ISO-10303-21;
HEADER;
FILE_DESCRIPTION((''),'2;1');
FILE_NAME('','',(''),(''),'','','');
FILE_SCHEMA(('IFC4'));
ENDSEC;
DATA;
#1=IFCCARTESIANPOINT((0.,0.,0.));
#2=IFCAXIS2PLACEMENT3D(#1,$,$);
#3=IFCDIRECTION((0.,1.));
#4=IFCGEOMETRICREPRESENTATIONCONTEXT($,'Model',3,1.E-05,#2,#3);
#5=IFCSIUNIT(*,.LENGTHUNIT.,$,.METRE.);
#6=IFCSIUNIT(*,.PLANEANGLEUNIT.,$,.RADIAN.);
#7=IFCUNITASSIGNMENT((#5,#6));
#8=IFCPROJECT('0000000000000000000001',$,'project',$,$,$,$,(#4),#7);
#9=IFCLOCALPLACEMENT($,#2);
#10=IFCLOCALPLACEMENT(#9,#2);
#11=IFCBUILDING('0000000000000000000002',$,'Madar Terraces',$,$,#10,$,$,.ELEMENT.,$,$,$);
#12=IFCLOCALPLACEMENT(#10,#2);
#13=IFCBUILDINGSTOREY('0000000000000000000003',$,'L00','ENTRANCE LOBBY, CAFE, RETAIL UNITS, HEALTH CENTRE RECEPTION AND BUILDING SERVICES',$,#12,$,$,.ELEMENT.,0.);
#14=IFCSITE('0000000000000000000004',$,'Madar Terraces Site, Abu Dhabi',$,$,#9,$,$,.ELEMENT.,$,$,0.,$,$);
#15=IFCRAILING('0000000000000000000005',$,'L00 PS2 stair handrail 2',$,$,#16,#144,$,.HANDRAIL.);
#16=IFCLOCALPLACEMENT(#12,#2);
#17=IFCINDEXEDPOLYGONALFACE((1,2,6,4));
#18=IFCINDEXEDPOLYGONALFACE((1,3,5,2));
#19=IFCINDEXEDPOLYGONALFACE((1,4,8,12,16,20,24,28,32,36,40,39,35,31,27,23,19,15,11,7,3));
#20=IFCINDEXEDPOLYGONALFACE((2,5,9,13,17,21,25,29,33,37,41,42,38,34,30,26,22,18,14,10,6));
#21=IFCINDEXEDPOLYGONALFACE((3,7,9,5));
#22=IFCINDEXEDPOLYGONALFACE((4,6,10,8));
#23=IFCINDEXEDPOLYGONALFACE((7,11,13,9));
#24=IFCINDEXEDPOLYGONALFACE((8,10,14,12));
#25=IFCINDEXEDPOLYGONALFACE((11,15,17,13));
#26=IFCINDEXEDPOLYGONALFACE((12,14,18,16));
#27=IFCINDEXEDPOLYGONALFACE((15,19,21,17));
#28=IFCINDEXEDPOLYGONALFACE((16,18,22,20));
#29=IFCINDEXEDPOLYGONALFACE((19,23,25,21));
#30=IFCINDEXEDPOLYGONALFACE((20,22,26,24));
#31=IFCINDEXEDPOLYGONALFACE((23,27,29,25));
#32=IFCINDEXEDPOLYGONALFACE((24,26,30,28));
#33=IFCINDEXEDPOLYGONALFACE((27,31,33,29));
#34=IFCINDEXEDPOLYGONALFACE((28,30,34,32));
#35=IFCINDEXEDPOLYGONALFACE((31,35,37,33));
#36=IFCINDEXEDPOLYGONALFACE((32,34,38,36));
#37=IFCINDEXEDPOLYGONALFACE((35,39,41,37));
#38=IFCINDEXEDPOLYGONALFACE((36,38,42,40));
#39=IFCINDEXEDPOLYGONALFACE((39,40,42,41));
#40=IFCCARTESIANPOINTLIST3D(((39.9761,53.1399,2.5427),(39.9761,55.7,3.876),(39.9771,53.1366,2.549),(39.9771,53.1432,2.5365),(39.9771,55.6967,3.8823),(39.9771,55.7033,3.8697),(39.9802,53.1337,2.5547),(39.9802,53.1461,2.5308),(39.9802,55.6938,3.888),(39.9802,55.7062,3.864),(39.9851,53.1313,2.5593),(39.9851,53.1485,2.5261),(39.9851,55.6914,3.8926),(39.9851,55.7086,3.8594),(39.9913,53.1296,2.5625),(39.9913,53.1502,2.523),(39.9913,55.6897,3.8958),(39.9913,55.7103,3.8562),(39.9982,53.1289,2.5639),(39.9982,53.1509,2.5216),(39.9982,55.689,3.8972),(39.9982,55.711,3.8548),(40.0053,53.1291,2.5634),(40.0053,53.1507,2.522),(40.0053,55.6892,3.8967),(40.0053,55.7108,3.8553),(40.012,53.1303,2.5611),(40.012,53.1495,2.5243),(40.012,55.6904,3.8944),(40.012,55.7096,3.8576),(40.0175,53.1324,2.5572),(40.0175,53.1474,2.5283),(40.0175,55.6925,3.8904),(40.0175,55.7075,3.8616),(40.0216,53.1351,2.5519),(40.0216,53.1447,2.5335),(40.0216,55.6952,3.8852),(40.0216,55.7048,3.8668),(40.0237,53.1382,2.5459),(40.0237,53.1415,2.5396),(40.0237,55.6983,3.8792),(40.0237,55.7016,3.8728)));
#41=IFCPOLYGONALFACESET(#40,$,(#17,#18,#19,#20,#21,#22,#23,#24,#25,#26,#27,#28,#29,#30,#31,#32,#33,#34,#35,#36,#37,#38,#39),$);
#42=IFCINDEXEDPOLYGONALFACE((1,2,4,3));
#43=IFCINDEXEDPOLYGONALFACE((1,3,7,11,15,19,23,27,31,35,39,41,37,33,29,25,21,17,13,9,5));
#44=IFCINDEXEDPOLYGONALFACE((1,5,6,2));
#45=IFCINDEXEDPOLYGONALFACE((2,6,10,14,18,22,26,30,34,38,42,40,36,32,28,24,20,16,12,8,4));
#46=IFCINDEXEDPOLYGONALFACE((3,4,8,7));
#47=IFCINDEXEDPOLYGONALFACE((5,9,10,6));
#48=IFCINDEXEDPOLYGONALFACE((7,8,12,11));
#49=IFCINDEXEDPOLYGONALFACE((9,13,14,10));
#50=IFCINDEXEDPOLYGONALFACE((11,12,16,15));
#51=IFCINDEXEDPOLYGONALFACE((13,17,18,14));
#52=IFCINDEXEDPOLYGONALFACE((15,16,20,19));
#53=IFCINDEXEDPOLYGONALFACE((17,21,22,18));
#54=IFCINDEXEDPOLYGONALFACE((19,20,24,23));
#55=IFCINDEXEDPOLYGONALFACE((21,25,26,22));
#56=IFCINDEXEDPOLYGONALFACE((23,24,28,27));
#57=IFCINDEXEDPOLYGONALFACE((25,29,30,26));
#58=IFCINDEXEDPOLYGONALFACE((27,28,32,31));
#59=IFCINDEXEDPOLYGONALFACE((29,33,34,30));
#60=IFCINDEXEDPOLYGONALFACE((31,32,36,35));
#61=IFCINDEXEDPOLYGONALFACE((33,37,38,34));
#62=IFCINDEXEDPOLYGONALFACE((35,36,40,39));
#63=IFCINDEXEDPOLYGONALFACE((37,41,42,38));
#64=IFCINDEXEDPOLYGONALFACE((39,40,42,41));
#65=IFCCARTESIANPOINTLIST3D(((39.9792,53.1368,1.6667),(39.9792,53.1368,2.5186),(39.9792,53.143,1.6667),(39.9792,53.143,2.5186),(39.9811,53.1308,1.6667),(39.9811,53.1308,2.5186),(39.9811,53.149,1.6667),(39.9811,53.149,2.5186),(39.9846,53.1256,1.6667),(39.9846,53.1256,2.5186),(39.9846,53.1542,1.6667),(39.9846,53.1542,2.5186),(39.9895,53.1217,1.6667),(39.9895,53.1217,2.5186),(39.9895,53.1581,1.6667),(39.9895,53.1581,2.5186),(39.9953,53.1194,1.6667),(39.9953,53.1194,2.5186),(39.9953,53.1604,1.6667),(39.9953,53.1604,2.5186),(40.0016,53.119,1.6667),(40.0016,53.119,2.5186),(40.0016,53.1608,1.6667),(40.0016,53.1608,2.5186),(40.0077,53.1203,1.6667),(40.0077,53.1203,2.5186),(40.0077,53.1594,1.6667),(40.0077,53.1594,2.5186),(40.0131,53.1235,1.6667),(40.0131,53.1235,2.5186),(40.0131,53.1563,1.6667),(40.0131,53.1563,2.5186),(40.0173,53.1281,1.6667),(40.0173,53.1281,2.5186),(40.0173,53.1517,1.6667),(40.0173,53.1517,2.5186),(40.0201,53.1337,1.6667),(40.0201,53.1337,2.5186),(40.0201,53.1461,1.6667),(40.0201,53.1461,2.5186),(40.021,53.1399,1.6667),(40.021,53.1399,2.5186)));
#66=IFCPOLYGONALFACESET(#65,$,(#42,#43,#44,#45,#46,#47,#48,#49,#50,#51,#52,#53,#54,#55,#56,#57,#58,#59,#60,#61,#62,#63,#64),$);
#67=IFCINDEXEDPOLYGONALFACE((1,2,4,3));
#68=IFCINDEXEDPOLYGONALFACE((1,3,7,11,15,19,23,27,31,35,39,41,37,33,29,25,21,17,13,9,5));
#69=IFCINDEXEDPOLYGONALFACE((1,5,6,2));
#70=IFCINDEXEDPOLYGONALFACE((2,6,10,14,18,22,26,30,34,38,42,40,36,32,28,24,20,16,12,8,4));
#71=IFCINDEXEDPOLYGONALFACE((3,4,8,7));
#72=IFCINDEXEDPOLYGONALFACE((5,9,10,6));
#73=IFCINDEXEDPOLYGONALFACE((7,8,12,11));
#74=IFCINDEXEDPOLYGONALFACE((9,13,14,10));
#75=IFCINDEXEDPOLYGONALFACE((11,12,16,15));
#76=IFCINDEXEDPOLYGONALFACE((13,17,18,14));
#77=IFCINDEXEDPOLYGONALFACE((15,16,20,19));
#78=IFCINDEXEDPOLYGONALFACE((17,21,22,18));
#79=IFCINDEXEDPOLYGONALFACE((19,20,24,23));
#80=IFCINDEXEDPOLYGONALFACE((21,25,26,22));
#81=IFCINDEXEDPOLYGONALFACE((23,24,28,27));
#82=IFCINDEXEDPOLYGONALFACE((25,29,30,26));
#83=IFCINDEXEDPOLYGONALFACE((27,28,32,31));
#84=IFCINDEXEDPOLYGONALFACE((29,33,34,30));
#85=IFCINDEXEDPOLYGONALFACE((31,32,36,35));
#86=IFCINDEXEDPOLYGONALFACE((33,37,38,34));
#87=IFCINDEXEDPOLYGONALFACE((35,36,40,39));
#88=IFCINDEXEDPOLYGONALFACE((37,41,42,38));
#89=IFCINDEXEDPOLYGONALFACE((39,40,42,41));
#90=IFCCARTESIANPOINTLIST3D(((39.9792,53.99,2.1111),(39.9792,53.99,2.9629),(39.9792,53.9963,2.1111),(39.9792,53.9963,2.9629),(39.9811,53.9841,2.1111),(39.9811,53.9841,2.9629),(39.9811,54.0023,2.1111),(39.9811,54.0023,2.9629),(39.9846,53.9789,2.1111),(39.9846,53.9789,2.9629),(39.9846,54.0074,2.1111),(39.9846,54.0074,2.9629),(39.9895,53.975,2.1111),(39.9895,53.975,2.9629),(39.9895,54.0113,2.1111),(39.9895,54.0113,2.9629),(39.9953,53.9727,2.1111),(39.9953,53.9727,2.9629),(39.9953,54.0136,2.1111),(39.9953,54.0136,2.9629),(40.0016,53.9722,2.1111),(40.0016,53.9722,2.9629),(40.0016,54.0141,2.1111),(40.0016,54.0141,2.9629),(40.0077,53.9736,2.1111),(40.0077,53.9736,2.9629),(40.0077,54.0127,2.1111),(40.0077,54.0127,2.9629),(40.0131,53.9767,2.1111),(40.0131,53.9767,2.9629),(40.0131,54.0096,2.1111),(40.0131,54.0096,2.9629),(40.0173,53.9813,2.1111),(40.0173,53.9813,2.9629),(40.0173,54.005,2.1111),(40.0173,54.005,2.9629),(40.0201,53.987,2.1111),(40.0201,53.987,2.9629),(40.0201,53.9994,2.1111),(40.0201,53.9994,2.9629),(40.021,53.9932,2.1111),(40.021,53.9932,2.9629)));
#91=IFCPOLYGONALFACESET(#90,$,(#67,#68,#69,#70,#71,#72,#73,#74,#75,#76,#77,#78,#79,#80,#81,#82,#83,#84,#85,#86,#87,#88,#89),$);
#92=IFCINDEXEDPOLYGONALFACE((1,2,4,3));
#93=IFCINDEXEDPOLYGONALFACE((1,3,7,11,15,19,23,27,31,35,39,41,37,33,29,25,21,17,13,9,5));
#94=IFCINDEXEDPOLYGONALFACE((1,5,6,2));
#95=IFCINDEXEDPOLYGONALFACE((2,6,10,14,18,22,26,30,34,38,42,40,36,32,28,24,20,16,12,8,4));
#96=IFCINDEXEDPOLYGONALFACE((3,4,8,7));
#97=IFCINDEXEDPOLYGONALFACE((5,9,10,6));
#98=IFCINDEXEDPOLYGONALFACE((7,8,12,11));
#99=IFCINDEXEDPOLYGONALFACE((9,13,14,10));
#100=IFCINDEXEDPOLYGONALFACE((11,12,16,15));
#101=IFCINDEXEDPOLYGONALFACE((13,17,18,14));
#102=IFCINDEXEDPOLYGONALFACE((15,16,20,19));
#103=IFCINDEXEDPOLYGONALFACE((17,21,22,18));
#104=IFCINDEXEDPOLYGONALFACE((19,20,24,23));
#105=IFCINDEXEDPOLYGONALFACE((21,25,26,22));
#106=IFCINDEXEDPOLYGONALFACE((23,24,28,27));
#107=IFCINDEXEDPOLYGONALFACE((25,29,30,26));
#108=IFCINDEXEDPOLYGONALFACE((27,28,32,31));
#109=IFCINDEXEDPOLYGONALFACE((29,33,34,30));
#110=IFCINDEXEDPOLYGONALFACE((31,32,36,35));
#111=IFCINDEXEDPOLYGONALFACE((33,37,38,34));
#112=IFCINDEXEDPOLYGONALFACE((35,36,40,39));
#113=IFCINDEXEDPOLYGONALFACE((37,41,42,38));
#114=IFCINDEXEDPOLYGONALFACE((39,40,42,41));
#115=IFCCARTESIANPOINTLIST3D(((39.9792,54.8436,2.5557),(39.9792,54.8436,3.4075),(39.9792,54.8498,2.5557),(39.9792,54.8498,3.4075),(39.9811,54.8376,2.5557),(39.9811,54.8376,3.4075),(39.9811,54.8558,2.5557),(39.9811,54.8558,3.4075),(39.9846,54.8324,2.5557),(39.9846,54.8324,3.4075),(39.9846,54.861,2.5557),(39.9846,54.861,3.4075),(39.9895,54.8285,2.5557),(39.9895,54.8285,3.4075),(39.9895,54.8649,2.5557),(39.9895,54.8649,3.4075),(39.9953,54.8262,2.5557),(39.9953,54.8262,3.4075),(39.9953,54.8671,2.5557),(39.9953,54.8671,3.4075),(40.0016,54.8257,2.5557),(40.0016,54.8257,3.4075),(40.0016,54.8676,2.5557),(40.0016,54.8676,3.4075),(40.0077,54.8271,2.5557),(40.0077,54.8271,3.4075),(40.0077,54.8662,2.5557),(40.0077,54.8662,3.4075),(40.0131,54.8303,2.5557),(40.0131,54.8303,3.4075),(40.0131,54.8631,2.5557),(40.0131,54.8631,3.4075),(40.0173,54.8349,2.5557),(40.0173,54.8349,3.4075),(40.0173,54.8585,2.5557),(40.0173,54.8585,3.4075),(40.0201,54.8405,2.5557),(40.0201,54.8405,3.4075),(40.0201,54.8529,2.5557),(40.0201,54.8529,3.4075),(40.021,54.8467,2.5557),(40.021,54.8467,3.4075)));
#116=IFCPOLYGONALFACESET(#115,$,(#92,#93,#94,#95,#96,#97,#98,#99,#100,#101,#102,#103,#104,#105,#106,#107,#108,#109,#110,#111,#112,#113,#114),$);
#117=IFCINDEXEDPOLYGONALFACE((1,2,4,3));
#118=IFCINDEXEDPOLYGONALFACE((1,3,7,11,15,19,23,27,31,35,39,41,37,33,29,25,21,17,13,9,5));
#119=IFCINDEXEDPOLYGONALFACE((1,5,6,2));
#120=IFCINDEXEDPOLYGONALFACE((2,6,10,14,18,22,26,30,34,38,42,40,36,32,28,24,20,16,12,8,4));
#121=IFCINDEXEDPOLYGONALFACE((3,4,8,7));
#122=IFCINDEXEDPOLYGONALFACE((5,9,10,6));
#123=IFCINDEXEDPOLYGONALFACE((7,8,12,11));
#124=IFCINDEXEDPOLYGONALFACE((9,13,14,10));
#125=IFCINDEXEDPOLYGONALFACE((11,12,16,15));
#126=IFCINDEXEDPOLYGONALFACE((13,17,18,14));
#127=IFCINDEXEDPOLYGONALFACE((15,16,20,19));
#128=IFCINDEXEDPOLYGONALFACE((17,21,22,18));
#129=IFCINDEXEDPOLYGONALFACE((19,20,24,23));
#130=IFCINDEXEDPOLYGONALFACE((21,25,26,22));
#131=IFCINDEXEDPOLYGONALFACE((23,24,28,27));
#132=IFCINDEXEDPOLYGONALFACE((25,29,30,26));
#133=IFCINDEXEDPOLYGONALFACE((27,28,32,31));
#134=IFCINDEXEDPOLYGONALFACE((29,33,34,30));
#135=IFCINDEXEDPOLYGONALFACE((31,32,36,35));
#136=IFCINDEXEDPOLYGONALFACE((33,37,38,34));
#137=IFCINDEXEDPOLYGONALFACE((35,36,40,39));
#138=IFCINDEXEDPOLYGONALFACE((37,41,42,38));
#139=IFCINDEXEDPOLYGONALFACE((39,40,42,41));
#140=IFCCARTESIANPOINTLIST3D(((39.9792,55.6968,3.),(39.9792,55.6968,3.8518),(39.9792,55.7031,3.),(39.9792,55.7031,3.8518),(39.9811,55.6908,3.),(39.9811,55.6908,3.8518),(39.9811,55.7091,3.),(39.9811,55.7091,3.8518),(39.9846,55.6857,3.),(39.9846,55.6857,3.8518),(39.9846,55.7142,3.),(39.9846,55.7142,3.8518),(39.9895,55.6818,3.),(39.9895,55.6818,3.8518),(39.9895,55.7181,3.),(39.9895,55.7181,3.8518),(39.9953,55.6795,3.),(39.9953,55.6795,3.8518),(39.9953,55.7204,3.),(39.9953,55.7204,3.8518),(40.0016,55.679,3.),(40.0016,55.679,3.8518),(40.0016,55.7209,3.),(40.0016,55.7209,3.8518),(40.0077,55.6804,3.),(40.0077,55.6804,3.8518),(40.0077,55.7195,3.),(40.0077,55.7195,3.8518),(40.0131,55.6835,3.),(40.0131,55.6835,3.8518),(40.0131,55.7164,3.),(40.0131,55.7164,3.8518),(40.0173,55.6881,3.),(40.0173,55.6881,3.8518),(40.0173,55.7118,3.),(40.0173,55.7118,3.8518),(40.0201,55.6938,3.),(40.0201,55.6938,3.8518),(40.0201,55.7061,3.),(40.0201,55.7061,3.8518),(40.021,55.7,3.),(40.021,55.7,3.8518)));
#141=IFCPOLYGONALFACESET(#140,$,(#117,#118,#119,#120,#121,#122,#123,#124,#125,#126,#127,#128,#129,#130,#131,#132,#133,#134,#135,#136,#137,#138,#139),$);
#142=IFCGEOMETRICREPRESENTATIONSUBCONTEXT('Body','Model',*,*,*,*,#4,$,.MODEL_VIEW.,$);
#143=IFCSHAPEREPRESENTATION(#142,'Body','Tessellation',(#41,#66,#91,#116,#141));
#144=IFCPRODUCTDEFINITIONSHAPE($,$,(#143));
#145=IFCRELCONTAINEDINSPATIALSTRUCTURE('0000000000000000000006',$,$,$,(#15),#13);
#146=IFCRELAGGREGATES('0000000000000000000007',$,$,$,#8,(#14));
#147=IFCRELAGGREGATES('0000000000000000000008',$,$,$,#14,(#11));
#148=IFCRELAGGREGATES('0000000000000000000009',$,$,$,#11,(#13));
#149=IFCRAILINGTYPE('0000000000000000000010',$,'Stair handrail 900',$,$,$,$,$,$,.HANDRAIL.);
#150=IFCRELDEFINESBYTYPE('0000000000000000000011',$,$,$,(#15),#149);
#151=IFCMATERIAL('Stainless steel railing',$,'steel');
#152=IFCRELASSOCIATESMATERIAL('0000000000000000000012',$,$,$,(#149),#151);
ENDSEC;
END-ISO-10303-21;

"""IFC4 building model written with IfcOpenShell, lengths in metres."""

from ifc_helpers import new_model, si_unit, direction, frame, origin, origin_2d, place, context, subcontext, project, spatial, circle, extrude, material, type_object, element, save


model = new_model("IFC4")

# Units and contexts
model_context = context("Model", 3, precision=1e-05, world=origin(), true_north=direction((0.0, 1.0)))
body_context = subcontext(model_context, "Body", "Model", "MODEL_VIEW")
ifc_project = project(units=[si_unit("LENGTHUNIT", "METRE"), si_unit("PLANEANGLEUNIT", "RADIAN")], contexts=[model_context])

# Site, building, storey
site_placement = place(None, origin())
site = spatial("IfcSite", under=ifc_project, at=site_placement, Name="Madar Terraces Site, Abu Dhabi", CompositionType="ELEMENT", RefElevation=0.0)
building_placement = place(site_placement, origin())
building = spatial("IfcBuilding", under=site, at=building_placement, Name="Madar Terraces", CompositionType="ELEMENT")
storey_placement = place(building_placement, origin())
storey = spatial("IfcBuildingStorey", under=building, at=storey_placement, Name="L00", Description="ENTRANCE LOBBY, CAFE, RETAIL UNITS, HEALTH CENTRE RECEPTION AND BUILDING SERVICES", CompositionType="ELEMENT", Elevation=0.0)

# Railing
ifc_material_1 = material(Name="Stainless steel railing", Category="steel")
railing_type_1 = type_object("IfcRailingType", Name="Stair handrail 900", PredefinedType="HANDRAIL", material=ifc_material_1)
railing_1_placement = place(storey_placement, frame((40.0, 53.1399, 1.6667)))
element("IfcRailing", 1, at=railing_1_placement, inside=storey, type_object=railing_type_1, Name="L00 PS2 stair handrail 2", PredefinedType="HANDRAIL", context=body_context, shape_type="SweptSolid", body=[
    extrude(circle(Radius=0.0239, at=origin_2d()), frame((0.0, 0.0, 0.876), z_axis=(0.0, 0.88693, 0.461904), x_axis=(-1.0, 0.0, 0.0)), (0.0, 0.0, 1.0), 2.8865),
    extrude(circle(Radius=0.021, at=origin_2d()), origin(), (0.0, 0.0, 1.0), 0.8518),
    extrude(circle(Radius=0.021, at=origin_2d()), frame((0.0, 0.8533, 0.4443)), (0.0, 0.0, 1.0), 0.8518),
    extrude(circle(Radius=0.021, at=origin_2d()), frame((0.0, 1.7068, 0.8889)), (0.0, 0.0, 1.0), 0.8518),
    extrude(circle(Radius=0.021, at=origin_2d()), frame((0.0, 2.5601, 1.3333)), (0.0, 0.0, 1.0), 0.8518),
])

save(model, "model.ifc")
